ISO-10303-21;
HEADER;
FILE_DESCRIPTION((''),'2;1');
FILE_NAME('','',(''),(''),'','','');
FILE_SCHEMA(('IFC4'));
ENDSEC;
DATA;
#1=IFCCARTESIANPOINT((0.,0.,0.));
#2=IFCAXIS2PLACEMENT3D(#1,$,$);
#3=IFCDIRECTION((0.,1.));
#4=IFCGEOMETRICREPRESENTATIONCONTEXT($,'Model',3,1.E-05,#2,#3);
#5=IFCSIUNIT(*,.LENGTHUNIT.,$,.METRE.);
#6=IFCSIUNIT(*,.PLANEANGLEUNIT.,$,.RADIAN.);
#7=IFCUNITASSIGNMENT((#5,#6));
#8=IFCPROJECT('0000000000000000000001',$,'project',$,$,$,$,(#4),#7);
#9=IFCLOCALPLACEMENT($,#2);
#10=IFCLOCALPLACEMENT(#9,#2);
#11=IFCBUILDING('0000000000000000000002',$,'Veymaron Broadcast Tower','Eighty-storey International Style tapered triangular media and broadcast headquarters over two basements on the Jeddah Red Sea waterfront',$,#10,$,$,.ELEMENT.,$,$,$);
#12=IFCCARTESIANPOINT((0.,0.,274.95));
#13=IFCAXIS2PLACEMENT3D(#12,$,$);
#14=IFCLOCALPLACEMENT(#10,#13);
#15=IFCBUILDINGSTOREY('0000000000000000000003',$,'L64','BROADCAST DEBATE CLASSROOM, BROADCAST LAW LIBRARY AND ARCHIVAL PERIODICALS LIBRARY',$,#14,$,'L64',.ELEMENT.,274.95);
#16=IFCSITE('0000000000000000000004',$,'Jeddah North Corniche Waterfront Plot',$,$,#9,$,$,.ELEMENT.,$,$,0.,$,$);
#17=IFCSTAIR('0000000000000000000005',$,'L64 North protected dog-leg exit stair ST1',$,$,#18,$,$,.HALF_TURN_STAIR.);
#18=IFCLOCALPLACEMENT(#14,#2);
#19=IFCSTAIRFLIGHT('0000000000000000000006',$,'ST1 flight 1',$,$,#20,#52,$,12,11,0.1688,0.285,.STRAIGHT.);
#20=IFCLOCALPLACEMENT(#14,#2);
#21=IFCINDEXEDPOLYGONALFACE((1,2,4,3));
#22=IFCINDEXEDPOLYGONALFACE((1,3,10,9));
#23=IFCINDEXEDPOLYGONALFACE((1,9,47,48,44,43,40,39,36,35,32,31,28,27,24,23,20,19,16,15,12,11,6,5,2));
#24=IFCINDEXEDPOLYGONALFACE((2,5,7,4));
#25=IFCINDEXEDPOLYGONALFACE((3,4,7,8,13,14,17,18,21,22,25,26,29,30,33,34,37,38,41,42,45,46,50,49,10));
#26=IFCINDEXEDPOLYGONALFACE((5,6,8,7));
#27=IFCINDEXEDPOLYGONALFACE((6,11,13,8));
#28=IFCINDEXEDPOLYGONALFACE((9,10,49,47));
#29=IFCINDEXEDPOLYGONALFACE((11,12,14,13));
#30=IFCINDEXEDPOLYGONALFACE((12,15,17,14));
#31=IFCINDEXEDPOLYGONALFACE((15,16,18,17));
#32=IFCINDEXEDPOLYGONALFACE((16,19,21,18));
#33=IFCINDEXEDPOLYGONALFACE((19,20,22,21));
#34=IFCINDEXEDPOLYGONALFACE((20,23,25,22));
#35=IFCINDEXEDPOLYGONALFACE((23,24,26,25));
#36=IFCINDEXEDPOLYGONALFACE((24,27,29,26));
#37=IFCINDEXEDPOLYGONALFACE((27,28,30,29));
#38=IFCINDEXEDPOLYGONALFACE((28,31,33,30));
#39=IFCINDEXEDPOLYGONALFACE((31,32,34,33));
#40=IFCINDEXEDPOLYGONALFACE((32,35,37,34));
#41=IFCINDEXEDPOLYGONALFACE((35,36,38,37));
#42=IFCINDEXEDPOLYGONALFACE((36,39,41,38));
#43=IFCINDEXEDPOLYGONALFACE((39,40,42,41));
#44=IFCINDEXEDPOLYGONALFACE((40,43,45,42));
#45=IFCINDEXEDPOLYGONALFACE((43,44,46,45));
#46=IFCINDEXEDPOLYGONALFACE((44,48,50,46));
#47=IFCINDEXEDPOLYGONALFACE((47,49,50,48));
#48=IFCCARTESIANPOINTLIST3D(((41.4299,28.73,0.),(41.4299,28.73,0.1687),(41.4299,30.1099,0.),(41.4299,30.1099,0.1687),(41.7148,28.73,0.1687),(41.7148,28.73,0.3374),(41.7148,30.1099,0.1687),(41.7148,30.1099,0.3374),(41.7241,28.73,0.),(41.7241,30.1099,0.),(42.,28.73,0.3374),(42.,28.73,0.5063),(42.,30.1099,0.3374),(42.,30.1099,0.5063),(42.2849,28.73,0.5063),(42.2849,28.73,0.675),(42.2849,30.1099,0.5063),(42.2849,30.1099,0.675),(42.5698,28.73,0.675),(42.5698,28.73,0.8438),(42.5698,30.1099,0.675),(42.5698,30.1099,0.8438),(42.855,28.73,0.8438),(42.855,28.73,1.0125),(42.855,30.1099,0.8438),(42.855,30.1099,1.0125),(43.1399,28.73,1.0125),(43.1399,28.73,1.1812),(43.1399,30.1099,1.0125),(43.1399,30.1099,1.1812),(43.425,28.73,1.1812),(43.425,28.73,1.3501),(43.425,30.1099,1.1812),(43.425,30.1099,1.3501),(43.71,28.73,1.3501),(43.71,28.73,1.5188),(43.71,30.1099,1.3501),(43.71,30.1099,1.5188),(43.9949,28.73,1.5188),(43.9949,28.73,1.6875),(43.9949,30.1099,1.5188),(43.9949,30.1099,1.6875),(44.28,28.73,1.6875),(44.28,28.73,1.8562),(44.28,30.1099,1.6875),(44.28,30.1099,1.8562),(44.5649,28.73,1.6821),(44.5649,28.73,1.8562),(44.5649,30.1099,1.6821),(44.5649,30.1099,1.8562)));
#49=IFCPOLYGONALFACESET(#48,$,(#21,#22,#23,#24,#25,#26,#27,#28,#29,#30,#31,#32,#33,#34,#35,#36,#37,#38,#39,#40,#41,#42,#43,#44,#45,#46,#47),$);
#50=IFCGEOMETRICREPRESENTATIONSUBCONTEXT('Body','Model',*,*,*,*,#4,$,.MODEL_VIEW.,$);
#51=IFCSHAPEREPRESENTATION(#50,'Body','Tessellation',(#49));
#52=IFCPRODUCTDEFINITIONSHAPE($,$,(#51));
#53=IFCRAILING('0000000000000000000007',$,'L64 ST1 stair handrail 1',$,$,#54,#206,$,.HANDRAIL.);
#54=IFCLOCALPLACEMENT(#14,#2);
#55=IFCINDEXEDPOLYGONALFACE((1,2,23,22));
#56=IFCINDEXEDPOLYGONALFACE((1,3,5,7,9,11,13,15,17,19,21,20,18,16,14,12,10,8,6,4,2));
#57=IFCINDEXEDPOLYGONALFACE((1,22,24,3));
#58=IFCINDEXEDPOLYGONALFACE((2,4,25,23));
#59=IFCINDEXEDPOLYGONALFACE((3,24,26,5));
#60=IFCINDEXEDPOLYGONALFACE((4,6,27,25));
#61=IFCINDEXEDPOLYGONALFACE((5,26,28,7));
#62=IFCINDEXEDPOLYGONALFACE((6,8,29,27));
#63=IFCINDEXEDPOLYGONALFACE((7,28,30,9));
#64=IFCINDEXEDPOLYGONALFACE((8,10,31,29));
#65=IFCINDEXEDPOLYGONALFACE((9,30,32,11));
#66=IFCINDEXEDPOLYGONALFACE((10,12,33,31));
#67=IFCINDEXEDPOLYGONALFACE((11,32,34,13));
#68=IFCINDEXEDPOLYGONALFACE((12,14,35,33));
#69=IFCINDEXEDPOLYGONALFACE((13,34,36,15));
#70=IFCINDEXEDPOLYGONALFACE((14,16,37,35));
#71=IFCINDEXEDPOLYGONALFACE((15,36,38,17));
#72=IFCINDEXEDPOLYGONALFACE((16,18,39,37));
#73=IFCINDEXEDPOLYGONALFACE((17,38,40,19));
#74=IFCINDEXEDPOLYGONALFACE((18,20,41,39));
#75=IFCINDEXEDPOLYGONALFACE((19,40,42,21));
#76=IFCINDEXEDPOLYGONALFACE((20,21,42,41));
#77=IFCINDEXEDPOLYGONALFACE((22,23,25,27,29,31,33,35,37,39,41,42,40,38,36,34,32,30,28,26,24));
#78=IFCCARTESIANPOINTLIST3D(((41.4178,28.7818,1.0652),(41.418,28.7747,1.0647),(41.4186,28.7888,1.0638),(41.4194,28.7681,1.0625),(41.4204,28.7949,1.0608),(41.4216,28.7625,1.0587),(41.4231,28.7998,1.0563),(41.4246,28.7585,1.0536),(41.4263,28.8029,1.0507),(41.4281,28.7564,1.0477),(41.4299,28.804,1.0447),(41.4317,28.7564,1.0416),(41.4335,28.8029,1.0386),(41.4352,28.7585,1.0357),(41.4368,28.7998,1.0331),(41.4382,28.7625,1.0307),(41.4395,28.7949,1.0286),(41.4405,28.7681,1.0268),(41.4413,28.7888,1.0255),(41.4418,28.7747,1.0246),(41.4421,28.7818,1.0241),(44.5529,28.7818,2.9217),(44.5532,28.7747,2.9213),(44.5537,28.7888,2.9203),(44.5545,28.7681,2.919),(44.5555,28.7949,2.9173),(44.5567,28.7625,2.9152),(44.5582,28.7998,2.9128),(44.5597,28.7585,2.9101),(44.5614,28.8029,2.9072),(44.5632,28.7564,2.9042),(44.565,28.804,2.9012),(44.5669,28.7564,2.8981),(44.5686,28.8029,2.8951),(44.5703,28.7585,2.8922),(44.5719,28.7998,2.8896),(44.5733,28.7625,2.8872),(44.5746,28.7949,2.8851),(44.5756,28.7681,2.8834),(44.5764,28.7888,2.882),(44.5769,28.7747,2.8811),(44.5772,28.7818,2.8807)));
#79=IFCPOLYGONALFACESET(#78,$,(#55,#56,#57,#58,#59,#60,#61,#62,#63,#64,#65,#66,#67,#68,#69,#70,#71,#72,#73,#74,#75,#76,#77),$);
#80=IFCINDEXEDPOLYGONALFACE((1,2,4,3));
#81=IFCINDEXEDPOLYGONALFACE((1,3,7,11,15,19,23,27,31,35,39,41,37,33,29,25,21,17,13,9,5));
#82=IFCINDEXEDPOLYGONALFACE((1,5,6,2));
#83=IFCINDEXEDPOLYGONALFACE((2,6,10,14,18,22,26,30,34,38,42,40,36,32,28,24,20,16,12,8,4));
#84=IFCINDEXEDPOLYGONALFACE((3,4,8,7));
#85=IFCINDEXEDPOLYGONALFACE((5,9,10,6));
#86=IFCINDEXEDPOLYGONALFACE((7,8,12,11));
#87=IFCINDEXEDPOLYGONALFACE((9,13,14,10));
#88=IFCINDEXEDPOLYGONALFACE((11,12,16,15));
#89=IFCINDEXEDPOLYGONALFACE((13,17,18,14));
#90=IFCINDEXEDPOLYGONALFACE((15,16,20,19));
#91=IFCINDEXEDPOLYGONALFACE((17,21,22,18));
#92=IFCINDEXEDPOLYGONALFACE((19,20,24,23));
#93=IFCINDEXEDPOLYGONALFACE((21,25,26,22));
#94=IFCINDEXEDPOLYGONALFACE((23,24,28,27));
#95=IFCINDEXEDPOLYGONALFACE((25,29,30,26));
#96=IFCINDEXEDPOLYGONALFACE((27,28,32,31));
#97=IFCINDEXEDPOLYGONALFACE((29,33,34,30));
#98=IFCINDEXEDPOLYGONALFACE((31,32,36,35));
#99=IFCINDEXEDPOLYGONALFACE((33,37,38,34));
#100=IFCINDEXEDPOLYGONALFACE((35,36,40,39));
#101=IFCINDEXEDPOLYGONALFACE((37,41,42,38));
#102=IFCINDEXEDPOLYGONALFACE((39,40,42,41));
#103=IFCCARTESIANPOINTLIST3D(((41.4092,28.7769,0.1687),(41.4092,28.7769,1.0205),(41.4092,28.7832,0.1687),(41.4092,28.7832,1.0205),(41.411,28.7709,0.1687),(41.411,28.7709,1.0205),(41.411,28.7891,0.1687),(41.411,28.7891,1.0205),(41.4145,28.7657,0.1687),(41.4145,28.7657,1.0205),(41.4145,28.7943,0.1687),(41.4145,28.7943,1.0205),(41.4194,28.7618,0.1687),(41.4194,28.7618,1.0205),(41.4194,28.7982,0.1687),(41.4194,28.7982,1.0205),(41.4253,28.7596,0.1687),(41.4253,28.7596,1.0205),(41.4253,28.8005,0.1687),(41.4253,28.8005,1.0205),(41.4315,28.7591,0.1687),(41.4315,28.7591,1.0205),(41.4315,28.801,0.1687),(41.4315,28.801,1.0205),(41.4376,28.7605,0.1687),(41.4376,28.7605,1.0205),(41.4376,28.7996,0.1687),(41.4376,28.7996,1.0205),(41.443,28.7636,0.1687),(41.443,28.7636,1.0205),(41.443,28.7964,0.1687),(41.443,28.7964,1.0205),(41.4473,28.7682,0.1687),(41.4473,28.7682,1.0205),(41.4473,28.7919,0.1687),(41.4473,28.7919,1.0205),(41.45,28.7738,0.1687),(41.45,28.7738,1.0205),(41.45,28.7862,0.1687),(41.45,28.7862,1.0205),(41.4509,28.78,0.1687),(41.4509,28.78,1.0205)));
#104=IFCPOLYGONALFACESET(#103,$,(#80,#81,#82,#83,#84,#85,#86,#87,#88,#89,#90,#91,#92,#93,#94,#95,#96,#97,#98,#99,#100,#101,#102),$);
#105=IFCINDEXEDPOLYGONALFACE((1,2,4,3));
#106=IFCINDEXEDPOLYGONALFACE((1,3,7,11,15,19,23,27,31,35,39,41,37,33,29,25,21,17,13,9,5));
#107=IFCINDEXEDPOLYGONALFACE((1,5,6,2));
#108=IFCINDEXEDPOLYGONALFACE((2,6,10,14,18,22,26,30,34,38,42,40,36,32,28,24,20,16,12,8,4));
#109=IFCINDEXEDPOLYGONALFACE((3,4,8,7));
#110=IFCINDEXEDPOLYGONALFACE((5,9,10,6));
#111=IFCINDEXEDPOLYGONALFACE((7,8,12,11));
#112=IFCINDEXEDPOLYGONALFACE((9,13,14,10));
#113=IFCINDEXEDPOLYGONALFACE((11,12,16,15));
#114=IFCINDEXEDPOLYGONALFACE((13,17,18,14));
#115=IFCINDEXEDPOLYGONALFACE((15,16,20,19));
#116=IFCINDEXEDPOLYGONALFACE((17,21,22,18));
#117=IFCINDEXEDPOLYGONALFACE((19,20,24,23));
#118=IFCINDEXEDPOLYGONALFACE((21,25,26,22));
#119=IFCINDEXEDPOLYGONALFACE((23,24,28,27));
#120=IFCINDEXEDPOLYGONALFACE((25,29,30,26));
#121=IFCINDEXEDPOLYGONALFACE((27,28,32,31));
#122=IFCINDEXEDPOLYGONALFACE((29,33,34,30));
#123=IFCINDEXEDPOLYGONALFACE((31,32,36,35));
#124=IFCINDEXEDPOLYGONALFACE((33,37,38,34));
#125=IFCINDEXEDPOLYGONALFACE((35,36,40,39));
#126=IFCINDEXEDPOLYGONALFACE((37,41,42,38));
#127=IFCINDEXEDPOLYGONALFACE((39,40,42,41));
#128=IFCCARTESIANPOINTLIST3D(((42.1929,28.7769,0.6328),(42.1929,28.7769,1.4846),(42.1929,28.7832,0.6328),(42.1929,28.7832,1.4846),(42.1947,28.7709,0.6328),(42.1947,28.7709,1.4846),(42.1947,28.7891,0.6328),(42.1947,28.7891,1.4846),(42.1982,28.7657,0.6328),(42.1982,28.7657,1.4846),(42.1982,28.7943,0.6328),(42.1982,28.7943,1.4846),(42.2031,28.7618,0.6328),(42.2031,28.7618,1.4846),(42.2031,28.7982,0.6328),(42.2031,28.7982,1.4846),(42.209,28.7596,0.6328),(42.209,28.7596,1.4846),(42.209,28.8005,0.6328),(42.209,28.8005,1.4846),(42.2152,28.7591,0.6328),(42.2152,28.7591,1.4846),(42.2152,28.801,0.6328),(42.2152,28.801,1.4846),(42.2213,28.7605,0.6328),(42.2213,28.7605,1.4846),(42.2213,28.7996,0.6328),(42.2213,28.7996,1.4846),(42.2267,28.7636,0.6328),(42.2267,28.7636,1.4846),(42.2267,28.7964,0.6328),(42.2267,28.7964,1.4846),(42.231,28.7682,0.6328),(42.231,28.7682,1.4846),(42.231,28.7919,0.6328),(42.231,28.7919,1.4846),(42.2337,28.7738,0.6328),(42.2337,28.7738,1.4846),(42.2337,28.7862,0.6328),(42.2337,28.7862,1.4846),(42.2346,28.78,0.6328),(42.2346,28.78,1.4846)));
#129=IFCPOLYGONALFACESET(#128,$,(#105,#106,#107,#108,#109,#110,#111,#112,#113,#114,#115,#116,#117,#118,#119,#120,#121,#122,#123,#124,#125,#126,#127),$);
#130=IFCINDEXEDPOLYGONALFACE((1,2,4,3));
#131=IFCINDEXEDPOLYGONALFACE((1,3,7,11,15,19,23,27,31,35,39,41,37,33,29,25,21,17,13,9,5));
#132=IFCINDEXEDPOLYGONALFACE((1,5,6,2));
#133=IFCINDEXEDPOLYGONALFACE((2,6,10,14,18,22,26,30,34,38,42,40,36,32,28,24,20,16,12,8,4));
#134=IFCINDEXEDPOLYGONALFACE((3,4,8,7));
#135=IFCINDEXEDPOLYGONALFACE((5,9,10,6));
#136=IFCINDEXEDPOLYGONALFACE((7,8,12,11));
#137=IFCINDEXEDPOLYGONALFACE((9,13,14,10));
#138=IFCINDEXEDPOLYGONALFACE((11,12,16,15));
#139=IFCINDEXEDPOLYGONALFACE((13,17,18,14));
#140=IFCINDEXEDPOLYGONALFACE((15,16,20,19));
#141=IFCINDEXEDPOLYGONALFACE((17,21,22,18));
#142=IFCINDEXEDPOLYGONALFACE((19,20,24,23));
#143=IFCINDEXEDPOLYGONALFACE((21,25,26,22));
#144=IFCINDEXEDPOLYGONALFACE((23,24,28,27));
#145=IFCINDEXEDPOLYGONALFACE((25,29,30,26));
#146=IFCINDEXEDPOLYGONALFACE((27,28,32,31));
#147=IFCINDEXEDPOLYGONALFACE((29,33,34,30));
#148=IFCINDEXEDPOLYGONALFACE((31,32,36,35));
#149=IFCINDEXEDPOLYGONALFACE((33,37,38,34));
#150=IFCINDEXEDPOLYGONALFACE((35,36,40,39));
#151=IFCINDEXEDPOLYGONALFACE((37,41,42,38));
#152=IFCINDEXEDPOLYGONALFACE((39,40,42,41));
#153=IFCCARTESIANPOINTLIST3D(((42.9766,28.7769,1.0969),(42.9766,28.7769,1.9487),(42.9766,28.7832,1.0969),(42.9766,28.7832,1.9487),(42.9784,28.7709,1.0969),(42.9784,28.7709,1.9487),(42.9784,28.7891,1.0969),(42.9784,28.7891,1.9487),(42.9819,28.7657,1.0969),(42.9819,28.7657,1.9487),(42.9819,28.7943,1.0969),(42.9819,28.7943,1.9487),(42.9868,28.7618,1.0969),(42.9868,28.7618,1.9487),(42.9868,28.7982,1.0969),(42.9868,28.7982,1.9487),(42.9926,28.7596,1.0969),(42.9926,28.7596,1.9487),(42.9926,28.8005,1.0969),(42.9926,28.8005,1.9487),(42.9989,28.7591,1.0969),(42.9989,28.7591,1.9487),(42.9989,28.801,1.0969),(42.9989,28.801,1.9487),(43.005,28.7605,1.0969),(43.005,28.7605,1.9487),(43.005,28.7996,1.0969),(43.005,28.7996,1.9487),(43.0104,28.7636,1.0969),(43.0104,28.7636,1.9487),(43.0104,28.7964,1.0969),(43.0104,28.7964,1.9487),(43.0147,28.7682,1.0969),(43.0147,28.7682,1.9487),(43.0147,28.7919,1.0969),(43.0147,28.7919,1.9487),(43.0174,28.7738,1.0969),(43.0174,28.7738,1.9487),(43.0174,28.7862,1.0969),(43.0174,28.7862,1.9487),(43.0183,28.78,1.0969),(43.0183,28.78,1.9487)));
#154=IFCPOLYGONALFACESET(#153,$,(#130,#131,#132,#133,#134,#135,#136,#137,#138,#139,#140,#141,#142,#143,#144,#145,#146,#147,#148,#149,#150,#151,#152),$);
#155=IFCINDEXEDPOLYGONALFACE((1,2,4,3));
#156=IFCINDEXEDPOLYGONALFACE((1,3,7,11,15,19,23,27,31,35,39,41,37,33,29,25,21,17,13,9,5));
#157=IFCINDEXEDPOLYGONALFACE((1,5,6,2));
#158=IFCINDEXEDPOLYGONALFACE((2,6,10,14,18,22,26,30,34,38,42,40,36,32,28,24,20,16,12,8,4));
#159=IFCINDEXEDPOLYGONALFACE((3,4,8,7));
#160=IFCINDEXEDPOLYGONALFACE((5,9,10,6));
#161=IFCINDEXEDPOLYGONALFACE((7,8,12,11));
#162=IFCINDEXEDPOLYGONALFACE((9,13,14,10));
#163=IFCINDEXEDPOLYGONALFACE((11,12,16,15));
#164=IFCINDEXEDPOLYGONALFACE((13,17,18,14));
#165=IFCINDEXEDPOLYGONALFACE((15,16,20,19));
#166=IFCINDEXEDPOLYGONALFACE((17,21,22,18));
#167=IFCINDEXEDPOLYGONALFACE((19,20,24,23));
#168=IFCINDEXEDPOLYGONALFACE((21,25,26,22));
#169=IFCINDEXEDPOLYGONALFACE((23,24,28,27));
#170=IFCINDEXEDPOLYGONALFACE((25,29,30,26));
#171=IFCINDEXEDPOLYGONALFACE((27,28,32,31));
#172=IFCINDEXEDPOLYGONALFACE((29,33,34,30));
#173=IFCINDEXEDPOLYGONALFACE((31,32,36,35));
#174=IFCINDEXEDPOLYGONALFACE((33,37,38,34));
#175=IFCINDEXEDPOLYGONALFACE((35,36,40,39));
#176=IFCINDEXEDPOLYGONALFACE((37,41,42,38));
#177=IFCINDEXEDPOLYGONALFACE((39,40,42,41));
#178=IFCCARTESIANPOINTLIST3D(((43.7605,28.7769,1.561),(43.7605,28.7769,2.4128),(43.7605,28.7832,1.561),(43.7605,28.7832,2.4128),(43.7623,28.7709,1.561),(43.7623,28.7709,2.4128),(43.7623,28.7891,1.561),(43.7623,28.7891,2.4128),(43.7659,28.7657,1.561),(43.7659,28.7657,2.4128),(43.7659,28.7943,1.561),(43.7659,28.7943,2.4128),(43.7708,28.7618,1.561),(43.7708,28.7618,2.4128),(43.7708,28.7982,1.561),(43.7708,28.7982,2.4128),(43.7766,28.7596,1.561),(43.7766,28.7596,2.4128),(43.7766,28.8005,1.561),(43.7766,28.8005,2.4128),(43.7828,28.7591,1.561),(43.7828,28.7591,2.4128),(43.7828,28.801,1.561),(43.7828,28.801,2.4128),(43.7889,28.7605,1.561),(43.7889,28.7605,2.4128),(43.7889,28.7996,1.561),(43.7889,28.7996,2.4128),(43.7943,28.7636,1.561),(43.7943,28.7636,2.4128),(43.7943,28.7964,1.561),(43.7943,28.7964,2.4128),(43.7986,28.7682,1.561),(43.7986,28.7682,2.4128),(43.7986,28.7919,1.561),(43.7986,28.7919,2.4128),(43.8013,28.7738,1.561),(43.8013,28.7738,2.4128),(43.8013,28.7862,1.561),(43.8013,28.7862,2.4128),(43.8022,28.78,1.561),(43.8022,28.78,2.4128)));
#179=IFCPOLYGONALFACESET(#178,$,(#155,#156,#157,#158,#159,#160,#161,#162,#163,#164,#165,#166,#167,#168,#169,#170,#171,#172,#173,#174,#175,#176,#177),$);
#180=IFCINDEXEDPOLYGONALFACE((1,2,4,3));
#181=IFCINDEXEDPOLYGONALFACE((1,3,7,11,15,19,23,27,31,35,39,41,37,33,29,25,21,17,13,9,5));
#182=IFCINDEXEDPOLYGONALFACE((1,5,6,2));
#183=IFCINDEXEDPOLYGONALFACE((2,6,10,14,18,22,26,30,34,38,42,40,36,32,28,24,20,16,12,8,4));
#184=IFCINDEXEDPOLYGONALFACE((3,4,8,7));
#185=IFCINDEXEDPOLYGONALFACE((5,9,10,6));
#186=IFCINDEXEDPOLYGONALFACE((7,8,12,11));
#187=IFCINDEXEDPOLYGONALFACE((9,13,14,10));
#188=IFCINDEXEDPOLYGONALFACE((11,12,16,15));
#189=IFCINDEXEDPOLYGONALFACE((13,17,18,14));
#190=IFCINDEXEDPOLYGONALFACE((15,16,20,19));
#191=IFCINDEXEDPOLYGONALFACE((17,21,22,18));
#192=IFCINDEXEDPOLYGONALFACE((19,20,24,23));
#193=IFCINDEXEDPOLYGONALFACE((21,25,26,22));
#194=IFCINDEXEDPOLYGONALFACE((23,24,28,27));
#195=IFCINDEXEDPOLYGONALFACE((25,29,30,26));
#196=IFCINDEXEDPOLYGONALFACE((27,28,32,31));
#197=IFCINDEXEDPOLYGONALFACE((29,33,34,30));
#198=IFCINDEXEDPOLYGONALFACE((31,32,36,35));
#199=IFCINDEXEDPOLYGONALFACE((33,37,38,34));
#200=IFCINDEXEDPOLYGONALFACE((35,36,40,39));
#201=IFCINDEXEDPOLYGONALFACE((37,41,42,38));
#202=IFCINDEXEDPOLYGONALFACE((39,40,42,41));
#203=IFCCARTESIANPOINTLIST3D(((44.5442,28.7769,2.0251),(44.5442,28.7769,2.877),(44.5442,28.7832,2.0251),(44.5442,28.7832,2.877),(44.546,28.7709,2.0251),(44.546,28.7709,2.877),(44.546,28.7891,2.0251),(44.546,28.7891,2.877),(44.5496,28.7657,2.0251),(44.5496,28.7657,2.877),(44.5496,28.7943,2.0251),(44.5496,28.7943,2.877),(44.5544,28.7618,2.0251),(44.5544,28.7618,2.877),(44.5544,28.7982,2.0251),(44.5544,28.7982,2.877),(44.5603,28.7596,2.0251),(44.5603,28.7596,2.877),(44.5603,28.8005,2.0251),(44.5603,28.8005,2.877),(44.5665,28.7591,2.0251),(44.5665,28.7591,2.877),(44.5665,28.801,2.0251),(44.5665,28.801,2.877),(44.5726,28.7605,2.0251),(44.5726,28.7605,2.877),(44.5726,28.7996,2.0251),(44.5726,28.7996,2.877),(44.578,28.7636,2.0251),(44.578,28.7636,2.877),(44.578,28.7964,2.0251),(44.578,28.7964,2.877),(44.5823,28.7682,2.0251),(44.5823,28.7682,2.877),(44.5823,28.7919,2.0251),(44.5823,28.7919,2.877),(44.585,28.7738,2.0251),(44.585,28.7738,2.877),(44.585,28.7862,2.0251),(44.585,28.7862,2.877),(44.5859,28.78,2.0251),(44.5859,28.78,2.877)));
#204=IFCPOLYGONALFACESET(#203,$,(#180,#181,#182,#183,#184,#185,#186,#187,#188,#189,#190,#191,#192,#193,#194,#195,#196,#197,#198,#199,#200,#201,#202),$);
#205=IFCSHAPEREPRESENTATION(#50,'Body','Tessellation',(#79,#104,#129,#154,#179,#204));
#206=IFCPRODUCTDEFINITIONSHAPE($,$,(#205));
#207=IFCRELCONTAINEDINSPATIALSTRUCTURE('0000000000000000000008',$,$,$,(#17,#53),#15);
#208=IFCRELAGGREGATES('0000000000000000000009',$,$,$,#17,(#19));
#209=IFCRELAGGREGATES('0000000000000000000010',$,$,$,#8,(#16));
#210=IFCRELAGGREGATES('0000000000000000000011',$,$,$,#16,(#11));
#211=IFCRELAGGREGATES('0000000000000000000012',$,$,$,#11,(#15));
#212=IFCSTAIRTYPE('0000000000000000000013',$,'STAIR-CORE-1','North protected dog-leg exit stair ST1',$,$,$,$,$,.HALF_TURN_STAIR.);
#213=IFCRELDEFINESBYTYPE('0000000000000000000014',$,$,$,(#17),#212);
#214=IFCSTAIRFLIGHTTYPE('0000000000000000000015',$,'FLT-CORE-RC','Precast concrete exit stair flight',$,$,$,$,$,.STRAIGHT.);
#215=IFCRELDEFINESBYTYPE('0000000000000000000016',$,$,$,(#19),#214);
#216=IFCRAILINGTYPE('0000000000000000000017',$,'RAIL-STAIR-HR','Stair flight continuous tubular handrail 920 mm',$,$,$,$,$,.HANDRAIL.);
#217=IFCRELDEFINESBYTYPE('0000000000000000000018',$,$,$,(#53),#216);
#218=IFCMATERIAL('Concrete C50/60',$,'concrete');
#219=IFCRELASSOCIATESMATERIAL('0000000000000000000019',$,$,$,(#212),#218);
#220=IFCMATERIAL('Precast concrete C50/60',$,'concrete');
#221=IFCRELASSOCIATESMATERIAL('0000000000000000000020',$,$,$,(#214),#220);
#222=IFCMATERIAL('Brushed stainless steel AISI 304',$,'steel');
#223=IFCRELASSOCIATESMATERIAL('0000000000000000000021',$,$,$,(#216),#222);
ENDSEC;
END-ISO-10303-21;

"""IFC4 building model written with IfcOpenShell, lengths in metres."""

from ifc_helpers import new_model, si_unit, direction, frame, origin, origin_2d, place, context, subcontext, project, spatial, polyline, circle, outline, extrude, material, type_object, element, aggregate, save


model = new_model("IFC4")

# Units and contexts
model_context = context("Model", 3, precision=1e-05, world=origin(), true_north=direction((0.0, 1.0)))
body_context = subcontext(model_context, "Body", "Model", "MODEL_VIEW")
ifc_project = project(units=[si_unit("LENGTHUNIT", "METRE"), si_unit("PLANEANGLEUNIT", "RADIAN")], contexts=[model_context])

# Site, building, storey
site_placement = place(None, origin())
site = spatial("IfcSite", under=ifc_project, at=site_placement, Name="Jeddah North Corniche Waterfront Plot", CompositionType="ELEMENT", RefElevation=0.0)
building_placement = place(site_placement, origin())
building = spatial("IfcBuilding", under=site, at=building_placement, Name="Veymaron Broadcast Tower", Description="Eighty-storey International Style tapered triangular media and broadcast headquarters over two basements on the Jeddah Red Sea waterfront", CompositionType="ELEMENT")
storey_placement = place(building_placement, frame((0.0, 0.0, 274.95)))
storey = spatial("IfcBuildingStorey", under=building, at=storey_placement, Name="L64", Description="BROADCAST DEBATE CLASSROOM, BROADCAST LAW LIBRARY AND ARCHIVAL PERIODICALS LIBRARY", LongName="L64", CompositionType="ELEMENT", Elevation=274.95)

# Shared definitions
ifc_material_1 = material(Name="Concrete C50/60", Category="concrete")

# Stair, stair flight
stair_type = type_object("IfcStairType", Name="STAIR-CORE-1", Description="North protected dog-leg exit stair ST1", PredefinedType="HALF_TURN_STAIR", material=ifc_material_1)
stair_placement = place(storey_placement, origin())
stair = element("IfcStair", 1, at=stair_placement, inside=storey, type_object=stair_type, Name="L64 North protected dog-leg exit stair ST1", PredefinedType="HALF_TURN_STAIR")
ifc_material_2 = material(Name="Precast concrete C50/60", Category="concrete")
stair_flight_type = type_object("IfcStairFlightType", Name="FLT-CORE-RC", Description="Precast concrete exit stair flight", PredefinedType="STRAIGHT", material=ifc_material_2)
stair_flight_placement = place(storey_placement, frame((41.4299, 29.4199, 0.0), z_axis=(0.0, 0.0, 1.0), x_axis=(1.0, 0.0, 0.0)))
stair_flight = element("IfcStairFlight", 2, at=stair_flight_placement, type_object=stair_flight_type, Name="ST1 flight 1", NumberOfRisers=12, NumberOfTreads=11, PredefinedType="STRAIGHT", RiserHeight=0.1688, TreadLength=0.285, context=body_context, shape_type="SweptSolid", body=[
    extrude(outline(polyline([(0.0, 0.0), (0.0, 0.1687), (0.2849, 0.1687), (0.2849, 0.3374), (0.5701, 0.3374), (0.5701, 0.5063), (0.855, 0.5063), (0.855, 0.675), (1.1399, 0.675), (1.1399, 0.8438), (1.425, 0.8438), (1.425, 1.0125), (1.71, 1.0125), (1.71, 1.1812), (1.9951, 1.1812), (1.9951, 1.3501), (2.28, 1.3501), (2.28, 1.5188), (2.5649, 1.5188), (2.5649, 1.6875), (2.8501, 1.6875), (2.8501, 1.8562), (3.135, 1.8562), (3.135, 2.0249), (3.135, 1.6821), (0.2942, 0.0), (0.0, 0.0)])), frame((0.0, 0.6899, 0.0), z_axis=(0.0, -1.0, 0.0), x_axis=(1.0, 0.0, 0.0)), (0.0, 0.0, 1.0), 1.3799),
])
aggregate(stair, [stair_flight])

# Railing
ifc_material_3 = material(Name="Brushed stainless steel AISI 304", Category="steel")
railing_type_1 = type_object("IfcRailingType", Name="RAIL-STAIR-HR", Description="Stair flight continuous tubular handrail 920 mm", PredefinedType="HANDRAIL", material=ifc_material_3)
railing_1_placement = place(storey_placement, frame((41.4299, 28.78, 0.1687)))
element("IfcRailing", 3, at=railing_1_placement, inside=storey, type_object=railing_type_1, Name="L64 ST1 stair handrail 1", PredefinedType="HANDRAIL", context=body_context, shape_type="SweptSolid", body=[
    extrude(circle(Radius=0.0239, at=origin_2d()), frame((0.0, 0.0, 0.876), z_axis=(0.860453, 0.0, 0.509531), x_axis=(0.0, 1.0, 0.0)), (0.0, 0.0, 1.0), 3.6436),
    extrude(circle(Radius=0.021, at=origin_2d()), origin(), (0.0, 0.0, 1.0), 0.8518),
    extrude(circle(Radius=0.021, at=origin_2d()), frame((0.7837, 0.0, 0.4641)), (0.0, 0.0, 1.0), 0.8518),
    extrude(circle(Radius=0.021, at=origin_2d()), frame((1.5674, 0.0, 0.9282)), (0.0, 0.0, 1.0), 0.8518),
    extrude(circle(Radius=0.021, at=origin_2d()), frame((2.3513, 0.0, 1.3923)), (0.0, 0.0, 1.0), 0.8518),
    extrude(circle(Radius=0.021, at=origin_2d()), frame((3.135, 0.0, 1.8564)), (0.0, 0.0, 1.0), 0.8518),
])

save(model, "model.ifc")
